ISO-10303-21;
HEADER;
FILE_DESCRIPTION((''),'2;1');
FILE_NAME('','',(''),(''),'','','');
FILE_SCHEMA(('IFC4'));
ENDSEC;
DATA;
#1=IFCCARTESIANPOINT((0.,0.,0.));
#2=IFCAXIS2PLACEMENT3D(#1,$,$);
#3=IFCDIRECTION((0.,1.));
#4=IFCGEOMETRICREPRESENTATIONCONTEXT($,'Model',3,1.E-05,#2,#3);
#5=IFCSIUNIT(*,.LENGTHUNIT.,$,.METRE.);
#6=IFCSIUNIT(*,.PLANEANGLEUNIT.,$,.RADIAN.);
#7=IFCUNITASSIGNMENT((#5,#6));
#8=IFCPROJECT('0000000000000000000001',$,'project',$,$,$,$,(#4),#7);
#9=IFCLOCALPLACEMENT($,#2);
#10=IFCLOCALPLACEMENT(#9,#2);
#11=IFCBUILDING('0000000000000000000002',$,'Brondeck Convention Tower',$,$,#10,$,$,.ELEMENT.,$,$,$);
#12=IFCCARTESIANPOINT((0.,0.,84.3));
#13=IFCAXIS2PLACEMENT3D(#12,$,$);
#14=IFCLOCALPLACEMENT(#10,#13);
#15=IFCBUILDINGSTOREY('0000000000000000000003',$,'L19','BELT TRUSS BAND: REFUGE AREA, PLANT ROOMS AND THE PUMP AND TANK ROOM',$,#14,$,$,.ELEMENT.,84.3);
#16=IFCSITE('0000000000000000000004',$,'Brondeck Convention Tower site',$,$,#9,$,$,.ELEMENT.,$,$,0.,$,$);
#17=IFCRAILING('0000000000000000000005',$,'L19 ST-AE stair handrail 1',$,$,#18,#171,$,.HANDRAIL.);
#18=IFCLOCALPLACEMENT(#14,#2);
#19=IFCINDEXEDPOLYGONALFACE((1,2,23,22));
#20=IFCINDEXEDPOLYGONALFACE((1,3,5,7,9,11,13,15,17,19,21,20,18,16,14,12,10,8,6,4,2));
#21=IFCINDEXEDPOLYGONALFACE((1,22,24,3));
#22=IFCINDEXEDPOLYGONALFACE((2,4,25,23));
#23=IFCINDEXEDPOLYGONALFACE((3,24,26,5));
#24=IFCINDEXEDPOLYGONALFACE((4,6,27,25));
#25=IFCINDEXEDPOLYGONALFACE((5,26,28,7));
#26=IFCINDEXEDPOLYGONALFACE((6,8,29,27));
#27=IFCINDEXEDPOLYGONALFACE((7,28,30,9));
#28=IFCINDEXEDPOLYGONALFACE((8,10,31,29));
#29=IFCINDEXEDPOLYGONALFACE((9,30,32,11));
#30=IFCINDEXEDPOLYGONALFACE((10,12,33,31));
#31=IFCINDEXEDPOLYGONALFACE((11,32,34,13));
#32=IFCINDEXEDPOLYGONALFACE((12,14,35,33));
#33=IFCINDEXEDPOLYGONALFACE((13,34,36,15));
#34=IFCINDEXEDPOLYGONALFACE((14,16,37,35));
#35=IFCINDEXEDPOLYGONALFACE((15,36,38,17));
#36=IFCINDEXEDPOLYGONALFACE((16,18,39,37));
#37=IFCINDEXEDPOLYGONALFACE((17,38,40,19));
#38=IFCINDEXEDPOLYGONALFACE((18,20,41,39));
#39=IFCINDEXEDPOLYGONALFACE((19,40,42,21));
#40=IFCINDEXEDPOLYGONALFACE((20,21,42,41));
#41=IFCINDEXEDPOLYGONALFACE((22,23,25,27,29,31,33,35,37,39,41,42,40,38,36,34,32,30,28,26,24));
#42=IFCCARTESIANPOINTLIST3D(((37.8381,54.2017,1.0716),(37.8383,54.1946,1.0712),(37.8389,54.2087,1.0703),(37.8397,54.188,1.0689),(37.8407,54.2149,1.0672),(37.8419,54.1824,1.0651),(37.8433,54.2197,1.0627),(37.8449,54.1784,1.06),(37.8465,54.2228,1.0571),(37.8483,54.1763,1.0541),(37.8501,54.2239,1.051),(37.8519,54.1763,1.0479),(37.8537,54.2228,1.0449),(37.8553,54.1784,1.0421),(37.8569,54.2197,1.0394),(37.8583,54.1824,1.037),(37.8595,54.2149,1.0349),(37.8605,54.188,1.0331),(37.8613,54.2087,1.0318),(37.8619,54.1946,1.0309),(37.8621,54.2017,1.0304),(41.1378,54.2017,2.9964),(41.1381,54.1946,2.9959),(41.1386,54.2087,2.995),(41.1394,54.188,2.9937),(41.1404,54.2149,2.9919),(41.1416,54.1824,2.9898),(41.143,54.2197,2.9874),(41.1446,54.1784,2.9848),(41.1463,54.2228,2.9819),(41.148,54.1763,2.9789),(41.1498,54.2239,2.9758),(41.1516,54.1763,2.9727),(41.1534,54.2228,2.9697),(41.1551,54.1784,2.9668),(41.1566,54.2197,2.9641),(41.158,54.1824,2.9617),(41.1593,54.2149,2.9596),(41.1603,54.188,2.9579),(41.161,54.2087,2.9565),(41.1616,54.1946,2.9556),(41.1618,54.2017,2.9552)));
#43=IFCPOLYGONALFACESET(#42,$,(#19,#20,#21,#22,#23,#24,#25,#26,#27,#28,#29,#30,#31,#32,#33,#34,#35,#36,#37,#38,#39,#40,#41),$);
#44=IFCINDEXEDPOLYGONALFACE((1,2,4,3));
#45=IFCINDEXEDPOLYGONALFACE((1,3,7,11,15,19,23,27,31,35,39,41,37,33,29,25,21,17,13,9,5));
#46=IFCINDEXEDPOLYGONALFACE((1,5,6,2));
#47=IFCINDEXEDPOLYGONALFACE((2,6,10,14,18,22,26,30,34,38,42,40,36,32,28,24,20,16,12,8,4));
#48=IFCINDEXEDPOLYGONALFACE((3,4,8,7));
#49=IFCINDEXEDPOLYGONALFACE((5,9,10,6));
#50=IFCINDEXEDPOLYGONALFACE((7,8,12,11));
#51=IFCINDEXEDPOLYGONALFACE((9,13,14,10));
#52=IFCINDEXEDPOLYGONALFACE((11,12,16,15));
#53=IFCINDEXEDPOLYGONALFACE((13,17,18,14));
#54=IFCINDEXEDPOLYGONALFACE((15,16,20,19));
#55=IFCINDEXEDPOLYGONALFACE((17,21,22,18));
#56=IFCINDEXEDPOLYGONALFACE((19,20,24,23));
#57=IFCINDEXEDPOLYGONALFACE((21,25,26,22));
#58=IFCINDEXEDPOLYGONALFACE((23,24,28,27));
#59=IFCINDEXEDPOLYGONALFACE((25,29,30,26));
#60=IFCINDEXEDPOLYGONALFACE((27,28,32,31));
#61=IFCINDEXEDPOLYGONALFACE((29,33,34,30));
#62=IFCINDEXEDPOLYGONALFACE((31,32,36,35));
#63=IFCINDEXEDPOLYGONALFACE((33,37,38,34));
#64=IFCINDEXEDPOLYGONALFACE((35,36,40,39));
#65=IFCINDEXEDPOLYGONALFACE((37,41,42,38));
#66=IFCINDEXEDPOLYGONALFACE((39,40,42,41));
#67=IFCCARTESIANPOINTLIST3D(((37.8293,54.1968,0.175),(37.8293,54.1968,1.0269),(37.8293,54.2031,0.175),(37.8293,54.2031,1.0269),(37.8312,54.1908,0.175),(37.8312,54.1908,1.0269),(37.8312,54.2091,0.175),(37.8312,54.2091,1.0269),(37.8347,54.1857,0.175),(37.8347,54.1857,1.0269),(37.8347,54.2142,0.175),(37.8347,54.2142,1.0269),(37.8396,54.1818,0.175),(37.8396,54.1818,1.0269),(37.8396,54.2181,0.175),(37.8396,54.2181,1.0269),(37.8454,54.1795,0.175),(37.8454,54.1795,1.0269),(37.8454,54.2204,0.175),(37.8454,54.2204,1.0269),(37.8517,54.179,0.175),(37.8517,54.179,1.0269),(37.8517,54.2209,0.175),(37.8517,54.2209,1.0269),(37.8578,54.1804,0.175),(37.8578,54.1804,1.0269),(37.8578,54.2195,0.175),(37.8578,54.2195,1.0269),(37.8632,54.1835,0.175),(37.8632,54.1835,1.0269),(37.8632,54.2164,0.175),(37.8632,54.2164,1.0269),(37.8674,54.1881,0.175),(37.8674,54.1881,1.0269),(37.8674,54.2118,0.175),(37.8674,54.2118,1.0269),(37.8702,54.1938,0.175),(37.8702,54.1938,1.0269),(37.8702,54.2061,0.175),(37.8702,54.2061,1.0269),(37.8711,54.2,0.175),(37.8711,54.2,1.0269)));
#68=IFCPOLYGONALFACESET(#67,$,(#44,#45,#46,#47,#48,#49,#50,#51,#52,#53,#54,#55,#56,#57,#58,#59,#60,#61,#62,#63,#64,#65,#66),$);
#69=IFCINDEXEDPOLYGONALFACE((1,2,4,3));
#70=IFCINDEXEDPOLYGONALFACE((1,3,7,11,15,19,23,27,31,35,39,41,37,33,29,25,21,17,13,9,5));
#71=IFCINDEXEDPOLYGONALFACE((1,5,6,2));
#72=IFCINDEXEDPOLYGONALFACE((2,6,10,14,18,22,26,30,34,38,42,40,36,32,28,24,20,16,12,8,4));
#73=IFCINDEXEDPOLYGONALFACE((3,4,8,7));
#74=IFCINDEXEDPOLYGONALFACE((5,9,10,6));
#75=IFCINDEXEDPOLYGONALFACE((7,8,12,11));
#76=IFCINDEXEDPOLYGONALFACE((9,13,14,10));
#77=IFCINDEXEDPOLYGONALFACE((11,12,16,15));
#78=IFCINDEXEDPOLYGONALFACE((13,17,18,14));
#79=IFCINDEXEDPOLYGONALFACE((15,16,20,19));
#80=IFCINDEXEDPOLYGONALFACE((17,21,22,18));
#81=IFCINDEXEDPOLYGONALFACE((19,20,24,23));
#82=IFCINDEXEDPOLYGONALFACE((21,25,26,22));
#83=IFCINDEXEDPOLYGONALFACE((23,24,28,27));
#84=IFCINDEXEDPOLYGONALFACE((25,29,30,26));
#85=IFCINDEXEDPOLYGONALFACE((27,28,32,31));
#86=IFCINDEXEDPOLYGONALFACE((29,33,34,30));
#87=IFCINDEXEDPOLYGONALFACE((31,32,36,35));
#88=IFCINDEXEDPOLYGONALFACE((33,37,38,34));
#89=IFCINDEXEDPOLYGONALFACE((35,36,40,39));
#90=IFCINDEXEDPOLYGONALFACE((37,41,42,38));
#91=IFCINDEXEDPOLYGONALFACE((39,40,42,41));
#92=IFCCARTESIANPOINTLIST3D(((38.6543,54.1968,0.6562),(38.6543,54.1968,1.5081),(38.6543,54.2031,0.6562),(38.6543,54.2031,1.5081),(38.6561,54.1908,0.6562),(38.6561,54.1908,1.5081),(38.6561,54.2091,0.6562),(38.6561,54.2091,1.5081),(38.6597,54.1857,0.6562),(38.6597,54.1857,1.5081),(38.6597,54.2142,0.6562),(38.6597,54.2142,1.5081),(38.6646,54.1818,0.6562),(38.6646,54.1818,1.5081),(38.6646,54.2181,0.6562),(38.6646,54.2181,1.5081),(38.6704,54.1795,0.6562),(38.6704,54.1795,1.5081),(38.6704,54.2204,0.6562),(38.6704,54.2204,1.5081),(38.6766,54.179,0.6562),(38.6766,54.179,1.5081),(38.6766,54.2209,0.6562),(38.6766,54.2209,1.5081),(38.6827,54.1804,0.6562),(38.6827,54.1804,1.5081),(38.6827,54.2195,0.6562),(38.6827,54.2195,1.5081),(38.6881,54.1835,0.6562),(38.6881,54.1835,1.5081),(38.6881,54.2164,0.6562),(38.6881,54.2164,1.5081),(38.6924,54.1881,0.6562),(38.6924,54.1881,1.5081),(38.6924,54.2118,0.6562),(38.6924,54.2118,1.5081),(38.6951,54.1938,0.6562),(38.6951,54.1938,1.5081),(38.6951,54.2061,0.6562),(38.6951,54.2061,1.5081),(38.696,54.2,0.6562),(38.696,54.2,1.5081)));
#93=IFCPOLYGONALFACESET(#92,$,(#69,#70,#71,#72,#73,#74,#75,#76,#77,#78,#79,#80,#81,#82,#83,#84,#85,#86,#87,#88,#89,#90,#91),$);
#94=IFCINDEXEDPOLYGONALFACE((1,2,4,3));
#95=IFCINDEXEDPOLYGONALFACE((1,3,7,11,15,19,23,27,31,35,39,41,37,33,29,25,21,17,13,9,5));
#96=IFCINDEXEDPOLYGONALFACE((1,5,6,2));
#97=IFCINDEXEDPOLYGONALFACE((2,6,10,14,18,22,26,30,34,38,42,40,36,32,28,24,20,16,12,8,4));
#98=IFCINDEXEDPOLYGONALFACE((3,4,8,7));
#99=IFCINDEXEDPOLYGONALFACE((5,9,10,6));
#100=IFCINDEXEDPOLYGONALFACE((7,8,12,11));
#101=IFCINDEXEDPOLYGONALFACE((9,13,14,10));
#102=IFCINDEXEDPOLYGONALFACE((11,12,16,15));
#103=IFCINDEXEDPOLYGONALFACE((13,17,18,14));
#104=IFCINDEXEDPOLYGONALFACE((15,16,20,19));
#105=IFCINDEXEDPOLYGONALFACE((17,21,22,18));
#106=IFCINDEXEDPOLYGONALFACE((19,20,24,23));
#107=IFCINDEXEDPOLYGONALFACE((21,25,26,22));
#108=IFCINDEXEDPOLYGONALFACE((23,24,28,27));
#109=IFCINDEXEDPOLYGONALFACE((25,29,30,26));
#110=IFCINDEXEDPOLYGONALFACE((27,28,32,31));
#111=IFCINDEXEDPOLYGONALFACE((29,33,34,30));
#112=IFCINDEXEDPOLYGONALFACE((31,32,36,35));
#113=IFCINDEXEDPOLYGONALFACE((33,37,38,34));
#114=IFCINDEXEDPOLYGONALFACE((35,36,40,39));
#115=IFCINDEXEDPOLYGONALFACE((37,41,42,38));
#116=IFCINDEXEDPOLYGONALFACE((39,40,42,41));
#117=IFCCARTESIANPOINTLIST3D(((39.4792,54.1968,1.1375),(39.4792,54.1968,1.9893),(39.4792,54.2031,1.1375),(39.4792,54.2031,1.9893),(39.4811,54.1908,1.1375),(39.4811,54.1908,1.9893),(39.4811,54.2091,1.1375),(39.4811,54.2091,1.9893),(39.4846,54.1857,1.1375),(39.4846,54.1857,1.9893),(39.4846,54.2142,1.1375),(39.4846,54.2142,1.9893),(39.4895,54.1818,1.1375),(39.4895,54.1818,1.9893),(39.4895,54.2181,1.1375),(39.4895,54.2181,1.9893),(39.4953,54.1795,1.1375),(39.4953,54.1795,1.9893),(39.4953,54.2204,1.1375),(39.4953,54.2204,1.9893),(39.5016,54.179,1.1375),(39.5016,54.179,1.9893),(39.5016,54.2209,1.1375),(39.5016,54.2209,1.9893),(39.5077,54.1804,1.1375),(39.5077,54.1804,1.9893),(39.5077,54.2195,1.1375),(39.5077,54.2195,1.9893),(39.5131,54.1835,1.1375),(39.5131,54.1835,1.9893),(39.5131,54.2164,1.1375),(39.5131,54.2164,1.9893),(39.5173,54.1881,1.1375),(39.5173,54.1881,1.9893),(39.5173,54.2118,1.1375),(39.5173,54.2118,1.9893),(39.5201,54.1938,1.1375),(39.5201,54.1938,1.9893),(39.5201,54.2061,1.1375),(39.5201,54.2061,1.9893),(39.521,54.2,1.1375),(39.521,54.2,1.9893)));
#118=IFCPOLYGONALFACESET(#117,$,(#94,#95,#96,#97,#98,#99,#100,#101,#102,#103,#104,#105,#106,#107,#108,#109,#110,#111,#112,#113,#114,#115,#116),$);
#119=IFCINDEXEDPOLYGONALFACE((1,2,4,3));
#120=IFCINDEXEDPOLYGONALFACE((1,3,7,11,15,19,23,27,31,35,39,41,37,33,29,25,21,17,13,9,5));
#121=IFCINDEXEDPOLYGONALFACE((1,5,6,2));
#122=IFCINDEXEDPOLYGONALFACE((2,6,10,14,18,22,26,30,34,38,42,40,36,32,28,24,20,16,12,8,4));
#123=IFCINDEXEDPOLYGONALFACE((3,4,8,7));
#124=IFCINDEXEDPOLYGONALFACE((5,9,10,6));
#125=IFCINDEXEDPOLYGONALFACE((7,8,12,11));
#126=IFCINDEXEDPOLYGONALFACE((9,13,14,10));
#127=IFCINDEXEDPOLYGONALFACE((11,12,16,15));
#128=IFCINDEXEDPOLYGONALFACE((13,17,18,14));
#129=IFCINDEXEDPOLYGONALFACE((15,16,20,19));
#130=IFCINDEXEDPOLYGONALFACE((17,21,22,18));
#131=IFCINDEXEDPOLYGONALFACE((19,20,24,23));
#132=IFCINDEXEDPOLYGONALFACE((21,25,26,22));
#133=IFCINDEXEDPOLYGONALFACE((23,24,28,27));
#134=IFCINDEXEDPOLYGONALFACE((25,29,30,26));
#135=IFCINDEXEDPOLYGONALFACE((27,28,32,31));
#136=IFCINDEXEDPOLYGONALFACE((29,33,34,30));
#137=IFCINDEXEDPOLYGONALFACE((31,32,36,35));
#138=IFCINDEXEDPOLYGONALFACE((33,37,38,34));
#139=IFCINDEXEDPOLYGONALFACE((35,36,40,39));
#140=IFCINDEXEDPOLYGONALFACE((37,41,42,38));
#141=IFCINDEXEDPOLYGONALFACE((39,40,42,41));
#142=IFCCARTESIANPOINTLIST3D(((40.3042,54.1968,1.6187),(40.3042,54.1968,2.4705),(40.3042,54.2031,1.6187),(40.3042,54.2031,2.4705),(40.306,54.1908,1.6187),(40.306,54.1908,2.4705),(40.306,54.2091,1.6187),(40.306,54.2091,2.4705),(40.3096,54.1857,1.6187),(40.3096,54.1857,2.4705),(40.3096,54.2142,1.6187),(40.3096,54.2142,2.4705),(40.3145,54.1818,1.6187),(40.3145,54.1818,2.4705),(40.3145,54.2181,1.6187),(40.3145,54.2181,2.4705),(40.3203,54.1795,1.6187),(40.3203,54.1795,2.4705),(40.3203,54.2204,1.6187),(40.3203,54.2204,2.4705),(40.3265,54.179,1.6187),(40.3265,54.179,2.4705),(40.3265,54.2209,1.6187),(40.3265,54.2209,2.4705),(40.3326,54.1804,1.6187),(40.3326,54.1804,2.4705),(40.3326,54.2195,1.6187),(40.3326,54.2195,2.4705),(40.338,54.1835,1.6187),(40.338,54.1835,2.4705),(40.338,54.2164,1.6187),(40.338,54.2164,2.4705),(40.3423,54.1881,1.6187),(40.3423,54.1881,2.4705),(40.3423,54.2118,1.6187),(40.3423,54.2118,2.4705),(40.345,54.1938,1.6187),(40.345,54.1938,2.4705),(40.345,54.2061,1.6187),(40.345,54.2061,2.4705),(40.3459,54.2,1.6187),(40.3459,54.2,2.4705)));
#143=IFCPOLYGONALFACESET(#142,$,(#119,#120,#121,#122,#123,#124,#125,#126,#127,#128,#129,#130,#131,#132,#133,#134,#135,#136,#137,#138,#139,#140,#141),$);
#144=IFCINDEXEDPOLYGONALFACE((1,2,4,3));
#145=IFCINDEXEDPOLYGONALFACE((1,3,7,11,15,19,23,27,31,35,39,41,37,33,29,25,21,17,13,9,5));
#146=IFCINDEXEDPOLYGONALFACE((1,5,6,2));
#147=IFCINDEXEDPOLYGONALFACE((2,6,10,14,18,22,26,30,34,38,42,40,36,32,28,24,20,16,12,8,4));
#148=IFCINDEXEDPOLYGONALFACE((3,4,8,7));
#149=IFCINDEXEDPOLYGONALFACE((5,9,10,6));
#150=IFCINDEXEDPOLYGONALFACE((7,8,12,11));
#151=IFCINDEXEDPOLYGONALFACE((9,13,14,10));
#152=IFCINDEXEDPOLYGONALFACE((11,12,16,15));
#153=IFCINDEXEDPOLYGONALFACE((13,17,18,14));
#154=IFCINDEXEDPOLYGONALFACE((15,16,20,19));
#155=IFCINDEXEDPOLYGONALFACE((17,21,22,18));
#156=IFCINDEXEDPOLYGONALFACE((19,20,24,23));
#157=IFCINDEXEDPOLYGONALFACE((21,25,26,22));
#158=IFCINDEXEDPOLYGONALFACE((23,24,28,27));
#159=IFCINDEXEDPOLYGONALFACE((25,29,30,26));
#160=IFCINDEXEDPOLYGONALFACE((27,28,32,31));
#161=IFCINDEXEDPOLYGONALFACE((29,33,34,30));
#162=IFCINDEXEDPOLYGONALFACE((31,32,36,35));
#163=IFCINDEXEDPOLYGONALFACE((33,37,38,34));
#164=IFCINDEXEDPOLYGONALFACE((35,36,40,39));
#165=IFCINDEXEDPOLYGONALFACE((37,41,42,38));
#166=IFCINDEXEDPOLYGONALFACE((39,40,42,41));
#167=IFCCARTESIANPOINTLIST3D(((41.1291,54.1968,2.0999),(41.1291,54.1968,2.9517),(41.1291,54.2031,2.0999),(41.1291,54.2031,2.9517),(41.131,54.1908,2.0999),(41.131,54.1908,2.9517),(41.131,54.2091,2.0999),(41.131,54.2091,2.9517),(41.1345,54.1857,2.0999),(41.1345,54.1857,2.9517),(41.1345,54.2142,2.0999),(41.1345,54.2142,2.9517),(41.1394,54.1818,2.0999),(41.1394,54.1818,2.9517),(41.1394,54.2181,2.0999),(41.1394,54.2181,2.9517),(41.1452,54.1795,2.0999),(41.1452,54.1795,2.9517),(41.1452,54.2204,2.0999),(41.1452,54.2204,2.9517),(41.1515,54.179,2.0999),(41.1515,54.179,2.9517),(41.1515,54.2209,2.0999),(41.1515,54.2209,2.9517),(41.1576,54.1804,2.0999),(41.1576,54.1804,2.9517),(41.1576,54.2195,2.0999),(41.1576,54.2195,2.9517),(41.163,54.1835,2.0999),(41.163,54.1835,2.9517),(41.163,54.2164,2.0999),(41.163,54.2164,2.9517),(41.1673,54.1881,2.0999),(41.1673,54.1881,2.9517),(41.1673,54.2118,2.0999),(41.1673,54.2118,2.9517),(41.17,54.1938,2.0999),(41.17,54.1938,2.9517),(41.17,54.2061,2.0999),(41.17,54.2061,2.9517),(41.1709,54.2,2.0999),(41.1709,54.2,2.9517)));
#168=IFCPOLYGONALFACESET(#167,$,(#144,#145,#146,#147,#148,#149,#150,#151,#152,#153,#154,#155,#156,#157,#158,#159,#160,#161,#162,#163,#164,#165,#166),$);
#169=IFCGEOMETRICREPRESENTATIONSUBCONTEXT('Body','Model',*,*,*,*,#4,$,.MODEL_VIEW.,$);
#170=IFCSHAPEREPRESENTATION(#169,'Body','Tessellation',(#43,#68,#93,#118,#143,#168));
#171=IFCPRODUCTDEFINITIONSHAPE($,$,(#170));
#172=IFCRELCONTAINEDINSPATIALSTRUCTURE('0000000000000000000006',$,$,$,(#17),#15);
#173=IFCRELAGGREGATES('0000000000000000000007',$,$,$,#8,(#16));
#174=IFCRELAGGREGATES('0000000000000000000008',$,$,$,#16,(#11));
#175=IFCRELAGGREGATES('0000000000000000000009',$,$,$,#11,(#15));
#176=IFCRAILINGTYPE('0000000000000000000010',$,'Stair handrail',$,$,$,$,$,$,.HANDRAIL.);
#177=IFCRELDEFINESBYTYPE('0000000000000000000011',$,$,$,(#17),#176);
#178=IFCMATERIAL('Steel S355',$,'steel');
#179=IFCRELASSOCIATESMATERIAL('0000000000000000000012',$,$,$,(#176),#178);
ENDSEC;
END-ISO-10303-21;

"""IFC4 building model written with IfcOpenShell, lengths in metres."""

from ifc_helpers import new_model, si_unit, direction, frame, origin, origin_2d, place, context, subcontext, project, spatial, circle, extrude, material, type_object, element, save


model = new_model("IFC4")

# Units and contexts
model_context = context("Model", 3, precision=1e-05, world=origin(), true_north=direction((0.0, 1.0)))
body_context = subcontext(model_context, "Body", "Model", "MODEL_VIEW")
ifc_project = project(units=[si_unit("LENGTHUNIT", "METRE"), si_unit("PLANEANGLEUNIT", "RADIAN")], contexts=[model_context])

# Site, building, storey
site_placement = place(None, origin())
site = spatial("IfcSite", under=ifc_project, at=site_placement, Name="Brondeck Convention Tower site", CompositionType="ELEMENT", RefElevation=0.0)
building_placement = place(site_placement, origin())
building = spatial("IfcBuilding", under=site, at=building_placement, Name="Brondeck Convention Tower", CompositionType="ELEMENT")
storey_placement = place(building_placement, frame((0.0, 0.0, 84.3)))
storey = spatial("IfcBuildingStorey", under=building, at=storey_placement, Name="L19", Description="BELT TRUSS BAND: REFUGE AREA, PLANT ROOMS AND THE PUMP AND TANK ROOM", CompositionType="ELEMENT", Elevation=84.3)

# Shared definitions
ifc_material_1 = material(Name="Steel S355", Category="steel")

# Railing
railing_type_1 = type_object("IfcRailingType", Name="Stair handrail", PredefinedType="HANDRAIL", material=ifc_material_1)
railing_1_placement = place(storey_placement, frame((37.8501, 54.2, 0.175)))
element("IfcRailing", 1, at=railing_1_placement, inside=storey, type_object=railing_type_1, Name="L19 ST-AE stair handrail 1", PredefinedType="HANDRAIL", context=body_context, shape_type="SweptSolid", body=[
    extrude(circle(Radius=0.0239, at=origin_2d()), frame((0.0, 0.0, 0.876), z_axis=(0.863788, 0.0, 0.503855), x_axis=(0.0, 1.0, 0.0)), (0.0, 0.0, 1.0), 3.8201),
    extrude(circle(Radius=0.021, at=origin_2d()), origin(), (0.0, 0.0, 1.0), 0.8518),
    extrude(circle(Radius=0.021, at=origin_2d()), frame((0.825, 0.0, 0.4812)), (0.0, 0.0, 1.0), 0.8518),
    extrude(circle(Radius=0.021, at=origin_2d()), frame((1.6499, 0.0, 0.9624)), (0.0, 0.0, 1.0), 0.8518),
    extrude(circle(Radius=0.021, at=origin_2d()), frame((2.4749, 0.0, 1.4436)), (0.0, 0.0, 1.0), 0.8518),
    extrude(circle(Radius=0.021, at=origin_2d()), frame((3.2998, 0.0, 1.9248)), (0.0, 0.0, 1.0), 0.8518),
])

save(model, "model.ifc")
